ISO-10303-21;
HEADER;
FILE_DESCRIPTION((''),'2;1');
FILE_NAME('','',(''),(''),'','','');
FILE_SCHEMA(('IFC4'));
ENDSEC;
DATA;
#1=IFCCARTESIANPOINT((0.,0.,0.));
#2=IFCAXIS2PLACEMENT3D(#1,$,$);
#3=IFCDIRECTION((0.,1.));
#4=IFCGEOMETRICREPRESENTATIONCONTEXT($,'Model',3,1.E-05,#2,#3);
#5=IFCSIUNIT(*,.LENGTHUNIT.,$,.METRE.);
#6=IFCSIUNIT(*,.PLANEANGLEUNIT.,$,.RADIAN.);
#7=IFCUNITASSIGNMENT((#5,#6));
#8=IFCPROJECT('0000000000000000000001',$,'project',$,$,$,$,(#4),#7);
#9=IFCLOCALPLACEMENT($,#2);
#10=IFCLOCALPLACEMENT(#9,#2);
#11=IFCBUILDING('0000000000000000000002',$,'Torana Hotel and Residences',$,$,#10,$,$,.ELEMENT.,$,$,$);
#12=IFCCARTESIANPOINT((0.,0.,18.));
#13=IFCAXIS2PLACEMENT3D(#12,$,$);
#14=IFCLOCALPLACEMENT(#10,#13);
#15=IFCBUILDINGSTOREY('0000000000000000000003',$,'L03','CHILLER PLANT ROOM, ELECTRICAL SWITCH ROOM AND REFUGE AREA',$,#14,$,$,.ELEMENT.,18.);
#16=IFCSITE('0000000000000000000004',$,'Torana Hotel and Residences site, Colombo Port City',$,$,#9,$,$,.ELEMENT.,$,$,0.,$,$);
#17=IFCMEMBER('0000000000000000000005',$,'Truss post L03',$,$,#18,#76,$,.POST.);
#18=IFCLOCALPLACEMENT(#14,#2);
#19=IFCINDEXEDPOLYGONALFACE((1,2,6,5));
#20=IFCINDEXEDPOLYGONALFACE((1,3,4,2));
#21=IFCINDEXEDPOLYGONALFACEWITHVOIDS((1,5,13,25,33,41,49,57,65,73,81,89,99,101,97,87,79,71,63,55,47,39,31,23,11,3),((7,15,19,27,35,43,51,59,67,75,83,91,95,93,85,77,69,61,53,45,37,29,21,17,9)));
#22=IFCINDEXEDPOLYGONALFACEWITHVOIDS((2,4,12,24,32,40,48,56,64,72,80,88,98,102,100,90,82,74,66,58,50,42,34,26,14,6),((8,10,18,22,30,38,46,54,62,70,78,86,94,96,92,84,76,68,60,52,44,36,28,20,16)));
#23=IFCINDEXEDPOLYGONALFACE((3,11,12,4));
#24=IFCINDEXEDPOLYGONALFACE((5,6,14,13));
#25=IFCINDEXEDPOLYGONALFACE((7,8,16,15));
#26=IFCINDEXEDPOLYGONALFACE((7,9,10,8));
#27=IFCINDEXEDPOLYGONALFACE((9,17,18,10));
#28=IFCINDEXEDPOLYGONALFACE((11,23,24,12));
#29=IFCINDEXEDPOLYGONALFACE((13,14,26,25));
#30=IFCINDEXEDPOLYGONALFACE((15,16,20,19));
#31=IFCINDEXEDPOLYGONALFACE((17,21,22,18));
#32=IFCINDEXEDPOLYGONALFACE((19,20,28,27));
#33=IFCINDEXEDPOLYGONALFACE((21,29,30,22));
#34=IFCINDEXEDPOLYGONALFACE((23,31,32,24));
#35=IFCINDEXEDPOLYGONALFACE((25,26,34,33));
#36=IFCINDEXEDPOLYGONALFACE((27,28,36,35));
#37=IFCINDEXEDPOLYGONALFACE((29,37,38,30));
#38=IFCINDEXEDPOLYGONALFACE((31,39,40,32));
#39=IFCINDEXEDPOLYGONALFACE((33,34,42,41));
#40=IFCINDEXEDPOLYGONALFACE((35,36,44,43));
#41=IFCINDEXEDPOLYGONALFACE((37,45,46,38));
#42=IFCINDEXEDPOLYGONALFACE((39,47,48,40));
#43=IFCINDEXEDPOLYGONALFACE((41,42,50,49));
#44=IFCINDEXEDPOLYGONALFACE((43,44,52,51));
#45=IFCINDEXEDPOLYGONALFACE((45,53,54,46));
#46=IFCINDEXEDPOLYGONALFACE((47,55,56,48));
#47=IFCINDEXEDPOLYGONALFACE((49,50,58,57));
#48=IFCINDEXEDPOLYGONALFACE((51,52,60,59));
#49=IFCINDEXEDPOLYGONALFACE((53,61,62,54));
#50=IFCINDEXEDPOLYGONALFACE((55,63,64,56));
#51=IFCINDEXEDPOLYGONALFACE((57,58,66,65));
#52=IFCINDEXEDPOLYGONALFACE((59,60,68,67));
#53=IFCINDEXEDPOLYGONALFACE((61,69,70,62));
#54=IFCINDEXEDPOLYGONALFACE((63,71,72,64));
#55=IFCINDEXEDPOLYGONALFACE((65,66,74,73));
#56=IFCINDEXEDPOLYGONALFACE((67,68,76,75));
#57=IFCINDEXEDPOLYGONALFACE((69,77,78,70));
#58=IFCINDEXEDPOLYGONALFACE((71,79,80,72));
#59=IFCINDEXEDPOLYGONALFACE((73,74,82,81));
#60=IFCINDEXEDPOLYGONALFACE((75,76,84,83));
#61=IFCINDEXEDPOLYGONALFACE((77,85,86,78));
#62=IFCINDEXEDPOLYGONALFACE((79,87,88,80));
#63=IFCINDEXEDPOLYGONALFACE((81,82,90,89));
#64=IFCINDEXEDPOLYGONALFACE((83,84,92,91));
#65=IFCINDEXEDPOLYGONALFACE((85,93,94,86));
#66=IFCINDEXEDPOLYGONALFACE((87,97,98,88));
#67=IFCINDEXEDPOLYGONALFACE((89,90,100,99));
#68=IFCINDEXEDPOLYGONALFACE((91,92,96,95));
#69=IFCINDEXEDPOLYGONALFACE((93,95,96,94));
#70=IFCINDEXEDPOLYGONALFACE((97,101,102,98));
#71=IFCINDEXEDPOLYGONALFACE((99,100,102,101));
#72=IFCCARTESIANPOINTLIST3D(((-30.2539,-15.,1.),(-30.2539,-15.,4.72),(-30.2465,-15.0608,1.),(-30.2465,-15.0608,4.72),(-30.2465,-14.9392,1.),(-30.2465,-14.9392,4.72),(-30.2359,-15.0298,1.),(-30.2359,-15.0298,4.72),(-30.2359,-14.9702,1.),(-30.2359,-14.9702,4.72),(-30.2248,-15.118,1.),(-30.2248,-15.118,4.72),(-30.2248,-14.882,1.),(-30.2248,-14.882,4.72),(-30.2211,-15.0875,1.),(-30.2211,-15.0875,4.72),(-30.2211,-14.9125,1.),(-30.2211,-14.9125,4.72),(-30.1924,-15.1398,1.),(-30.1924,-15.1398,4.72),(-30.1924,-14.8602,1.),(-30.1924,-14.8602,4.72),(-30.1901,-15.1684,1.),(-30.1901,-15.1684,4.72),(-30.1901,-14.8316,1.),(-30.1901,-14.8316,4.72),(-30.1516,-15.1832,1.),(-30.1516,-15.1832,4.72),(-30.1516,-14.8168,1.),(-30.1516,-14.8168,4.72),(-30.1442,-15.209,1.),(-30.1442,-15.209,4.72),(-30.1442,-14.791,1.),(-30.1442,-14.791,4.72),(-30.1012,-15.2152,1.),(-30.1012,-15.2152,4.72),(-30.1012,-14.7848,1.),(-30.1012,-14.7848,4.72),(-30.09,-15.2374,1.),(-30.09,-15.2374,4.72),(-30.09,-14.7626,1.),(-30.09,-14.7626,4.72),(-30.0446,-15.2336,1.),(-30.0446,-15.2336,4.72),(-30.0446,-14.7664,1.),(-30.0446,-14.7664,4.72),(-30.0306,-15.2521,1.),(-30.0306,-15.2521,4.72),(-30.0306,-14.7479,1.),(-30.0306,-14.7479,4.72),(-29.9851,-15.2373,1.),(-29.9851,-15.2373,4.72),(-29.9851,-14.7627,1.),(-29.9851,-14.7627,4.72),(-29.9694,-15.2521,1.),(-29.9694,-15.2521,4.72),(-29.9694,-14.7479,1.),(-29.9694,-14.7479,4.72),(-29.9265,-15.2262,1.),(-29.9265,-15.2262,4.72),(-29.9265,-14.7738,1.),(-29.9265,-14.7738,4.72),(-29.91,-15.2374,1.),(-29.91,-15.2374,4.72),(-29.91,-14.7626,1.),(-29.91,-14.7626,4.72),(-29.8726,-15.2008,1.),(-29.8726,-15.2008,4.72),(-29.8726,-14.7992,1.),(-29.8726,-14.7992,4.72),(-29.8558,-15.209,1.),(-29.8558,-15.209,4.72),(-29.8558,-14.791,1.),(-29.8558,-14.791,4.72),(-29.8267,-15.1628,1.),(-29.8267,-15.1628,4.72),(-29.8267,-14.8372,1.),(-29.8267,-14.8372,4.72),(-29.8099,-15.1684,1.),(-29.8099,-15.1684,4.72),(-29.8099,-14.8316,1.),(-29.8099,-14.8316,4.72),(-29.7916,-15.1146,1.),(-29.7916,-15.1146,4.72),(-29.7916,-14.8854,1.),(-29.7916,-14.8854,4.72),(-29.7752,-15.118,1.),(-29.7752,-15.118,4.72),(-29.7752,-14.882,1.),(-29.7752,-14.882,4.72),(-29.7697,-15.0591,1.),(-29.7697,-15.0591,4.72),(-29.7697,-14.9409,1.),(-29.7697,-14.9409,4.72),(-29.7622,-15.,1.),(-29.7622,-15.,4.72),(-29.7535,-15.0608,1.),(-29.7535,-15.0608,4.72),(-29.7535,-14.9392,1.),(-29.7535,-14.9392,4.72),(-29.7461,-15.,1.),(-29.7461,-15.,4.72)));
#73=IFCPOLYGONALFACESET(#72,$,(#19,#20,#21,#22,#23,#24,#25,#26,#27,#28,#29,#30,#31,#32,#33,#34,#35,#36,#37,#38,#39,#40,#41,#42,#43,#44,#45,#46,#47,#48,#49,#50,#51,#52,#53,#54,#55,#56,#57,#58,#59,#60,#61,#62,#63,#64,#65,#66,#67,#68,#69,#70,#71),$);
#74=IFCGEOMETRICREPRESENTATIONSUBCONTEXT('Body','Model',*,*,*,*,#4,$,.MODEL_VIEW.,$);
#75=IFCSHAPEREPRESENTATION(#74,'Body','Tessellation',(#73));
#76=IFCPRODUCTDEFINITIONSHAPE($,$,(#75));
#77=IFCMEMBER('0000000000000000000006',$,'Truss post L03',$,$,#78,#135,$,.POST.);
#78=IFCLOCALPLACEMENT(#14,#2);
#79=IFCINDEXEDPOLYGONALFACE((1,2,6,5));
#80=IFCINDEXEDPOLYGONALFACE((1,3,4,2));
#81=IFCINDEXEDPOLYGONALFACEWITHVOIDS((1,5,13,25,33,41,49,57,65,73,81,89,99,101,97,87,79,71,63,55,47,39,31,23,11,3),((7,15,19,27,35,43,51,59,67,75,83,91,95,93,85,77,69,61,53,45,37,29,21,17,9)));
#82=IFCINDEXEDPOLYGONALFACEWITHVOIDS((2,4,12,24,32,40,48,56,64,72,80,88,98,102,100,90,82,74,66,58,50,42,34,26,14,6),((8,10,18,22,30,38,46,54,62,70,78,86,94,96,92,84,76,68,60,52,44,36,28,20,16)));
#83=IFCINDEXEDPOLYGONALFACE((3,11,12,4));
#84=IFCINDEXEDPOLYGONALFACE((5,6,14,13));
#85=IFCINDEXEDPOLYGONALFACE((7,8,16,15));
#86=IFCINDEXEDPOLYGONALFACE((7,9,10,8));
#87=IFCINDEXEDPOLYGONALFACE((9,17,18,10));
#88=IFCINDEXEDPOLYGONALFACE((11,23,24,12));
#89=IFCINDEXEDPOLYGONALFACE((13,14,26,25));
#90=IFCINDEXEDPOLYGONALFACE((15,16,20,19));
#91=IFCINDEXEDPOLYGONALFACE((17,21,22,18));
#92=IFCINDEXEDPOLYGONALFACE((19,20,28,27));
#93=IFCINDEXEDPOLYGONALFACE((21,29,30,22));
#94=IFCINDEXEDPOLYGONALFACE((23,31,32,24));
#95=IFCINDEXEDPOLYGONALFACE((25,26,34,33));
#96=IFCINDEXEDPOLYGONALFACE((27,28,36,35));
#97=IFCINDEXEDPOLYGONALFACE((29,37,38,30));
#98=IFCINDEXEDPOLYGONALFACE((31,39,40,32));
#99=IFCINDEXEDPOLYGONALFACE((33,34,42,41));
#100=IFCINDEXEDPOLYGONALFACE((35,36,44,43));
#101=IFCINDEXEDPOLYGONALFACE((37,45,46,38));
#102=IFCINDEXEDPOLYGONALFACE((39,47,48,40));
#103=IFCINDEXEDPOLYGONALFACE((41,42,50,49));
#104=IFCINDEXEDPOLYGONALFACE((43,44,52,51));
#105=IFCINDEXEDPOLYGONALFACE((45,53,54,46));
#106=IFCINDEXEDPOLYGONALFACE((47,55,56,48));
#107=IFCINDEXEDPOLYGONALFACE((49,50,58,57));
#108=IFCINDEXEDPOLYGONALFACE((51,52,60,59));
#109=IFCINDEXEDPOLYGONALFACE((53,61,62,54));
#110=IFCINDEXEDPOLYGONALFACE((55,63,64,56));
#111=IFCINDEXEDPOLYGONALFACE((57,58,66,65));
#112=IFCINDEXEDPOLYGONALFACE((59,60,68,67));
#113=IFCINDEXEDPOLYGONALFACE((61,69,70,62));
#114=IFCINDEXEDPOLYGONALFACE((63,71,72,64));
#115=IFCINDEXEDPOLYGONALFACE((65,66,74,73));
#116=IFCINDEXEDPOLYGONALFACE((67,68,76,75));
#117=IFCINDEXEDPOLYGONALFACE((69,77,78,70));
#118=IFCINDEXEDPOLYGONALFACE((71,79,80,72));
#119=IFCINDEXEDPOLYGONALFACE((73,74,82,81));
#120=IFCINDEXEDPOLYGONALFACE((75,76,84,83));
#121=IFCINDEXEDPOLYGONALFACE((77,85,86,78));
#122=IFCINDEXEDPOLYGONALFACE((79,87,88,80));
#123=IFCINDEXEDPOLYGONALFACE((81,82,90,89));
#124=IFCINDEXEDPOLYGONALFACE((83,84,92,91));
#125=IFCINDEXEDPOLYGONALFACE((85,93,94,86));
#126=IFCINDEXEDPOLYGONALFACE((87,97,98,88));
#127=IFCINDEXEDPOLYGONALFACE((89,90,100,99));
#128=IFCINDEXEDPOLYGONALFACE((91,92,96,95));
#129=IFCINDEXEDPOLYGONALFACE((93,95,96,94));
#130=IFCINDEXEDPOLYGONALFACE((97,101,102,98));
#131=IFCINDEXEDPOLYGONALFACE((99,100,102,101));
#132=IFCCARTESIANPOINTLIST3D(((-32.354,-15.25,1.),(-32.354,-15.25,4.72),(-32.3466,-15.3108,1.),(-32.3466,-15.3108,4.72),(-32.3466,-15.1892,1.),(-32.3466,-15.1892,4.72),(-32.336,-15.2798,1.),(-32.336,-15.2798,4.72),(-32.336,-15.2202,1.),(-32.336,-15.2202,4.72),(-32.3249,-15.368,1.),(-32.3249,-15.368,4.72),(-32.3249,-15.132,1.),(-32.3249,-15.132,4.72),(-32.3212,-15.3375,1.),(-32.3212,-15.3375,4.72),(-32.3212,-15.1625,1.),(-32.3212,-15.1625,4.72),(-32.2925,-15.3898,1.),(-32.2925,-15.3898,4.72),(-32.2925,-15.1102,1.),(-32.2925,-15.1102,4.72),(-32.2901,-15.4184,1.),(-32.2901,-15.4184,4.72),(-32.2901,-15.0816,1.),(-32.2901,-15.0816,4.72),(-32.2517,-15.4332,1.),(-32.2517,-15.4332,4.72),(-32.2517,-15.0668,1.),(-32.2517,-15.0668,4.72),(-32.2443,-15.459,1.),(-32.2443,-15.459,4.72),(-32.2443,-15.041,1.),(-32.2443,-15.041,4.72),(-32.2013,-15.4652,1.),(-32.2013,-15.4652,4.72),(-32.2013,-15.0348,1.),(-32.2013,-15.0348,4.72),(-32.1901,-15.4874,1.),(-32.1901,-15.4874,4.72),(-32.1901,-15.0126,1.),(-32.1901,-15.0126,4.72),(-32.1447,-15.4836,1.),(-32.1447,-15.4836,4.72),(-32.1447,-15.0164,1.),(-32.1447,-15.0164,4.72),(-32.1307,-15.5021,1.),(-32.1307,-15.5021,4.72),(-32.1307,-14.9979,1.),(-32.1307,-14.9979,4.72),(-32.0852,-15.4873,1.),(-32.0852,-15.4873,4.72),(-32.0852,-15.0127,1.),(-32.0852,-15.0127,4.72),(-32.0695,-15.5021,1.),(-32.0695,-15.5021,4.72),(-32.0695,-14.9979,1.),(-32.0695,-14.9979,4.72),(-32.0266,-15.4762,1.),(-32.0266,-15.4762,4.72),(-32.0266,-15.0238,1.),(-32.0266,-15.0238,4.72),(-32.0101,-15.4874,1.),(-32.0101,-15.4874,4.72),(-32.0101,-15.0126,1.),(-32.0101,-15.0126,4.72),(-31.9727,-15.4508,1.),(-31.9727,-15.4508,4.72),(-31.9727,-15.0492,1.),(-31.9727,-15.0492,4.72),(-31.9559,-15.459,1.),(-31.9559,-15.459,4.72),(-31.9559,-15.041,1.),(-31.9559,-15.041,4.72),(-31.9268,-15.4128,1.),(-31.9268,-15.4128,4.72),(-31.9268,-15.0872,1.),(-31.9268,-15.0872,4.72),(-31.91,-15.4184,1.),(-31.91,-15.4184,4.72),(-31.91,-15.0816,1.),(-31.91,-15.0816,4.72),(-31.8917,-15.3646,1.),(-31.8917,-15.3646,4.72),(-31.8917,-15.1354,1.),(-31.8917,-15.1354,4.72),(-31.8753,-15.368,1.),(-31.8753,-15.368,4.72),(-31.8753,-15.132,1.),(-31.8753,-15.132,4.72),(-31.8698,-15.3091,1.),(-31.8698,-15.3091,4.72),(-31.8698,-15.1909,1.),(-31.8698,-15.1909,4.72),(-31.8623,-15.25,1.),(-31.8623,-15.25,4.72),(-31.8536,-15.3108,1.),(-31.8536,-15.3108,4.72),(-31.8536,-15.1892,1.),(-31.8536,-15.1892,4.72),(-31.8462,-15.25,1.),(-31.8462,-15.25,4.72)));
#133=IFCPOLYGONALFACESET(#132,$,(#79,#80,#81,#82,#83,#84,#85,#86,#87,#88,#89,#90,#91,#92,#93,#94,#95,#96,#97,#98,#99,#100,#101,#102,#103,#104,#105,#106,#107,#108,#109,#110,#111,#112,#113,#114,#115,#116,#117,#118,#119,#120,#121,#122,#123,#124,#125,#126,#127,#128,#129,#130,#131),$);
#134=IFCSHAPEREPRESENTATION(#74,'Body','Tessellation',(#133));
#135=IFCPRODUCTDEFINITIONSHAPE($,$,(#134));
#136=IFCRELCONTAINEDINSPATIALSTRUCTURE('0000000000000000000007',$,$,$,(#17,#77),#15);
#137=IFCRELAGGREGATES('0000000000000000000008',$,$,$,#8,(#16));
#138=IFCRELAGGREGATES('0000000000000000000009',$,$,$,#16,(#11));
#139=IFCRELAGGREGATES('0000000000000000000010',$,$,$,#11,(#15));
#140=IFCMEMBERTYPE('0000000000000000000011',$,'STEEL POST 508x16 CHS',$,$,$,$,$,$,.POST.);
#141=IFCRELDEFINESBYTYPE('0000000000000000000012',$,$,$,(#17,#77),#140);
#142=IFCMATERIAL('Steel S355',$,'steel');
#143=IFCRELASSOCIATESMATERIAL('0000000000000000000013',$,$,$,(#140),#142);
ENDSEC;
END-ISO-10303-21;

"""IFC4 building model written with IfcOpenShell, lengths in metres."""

from ifc_helpers import new_model, si_unit, direction, frame, origin, origin_2d, place, context, subcontext, project, spatial, hollow_circle, extrude, material, material_profile, profile_set, type_object, element, save


model = new_model("IFC4")

# Units and contexts
model_context = context("Model", 3, precision=1e-05, world=origin(), true_north=direction((0.0, 1.0)))
body_context = subcontext(model_context, "Body", "Model", "MODEL_VIEW")
ifc_project = project(units=[si_unit("LENGTHUNIT", "METRE"), si_unit("PLANEANGLEUNIT", "RADIAN")], contexts=[model_context])

# Site, building, storey
site_placement = place(None, origin())
site = spatial("IfcSite", under=ifc_project, at=site_placement, Name="Torana Hotel and Residences site, Colombo Port City", CompositionType="ELEMENT", RefElevation=0.0)
building_placement = place(site_placement, origin())
building = spatial("IfcBuilding", under=site, at=building_placement, Name="Torana Hotel and Residences", CompositionType="ELEMENT")
storey_placement = place(building_placement, frame((0.0, 0.0, 18.0)))
storey = spatial("IfcBuildingStorey", under=building, at=storey_placement, Name="L03", Description="CHILLER PLANT ROOM, ELECTRICAL SWITCH ROOM AND REFUGE AREA", CompositionType="ELEMENT", Elevation=18.0)

# Members
ifc_material_1 = material(Name="Steel S355", Category="steel")
ifc_material_profile_1 = material_profile(ifc_material_1, hollow_circle(Radius=0.2539, WallThickness=0.0161, at=origin_2d()), Name="508x16 CHS")
ifc_profile_set_1 = profile_set([ifc_material_profile_1], Name="Steel S355")
member_type_1 = type_object("IfcMemberType", Name="STEEL POST 508x16 CHS", PredefinedType="POST", material=ifc_profile_set_1)
for number, where, z_axis, x_axis, name in (
    (1, (-30.0, -15.0, 1.0), (0.0, 0.0, 1.0), (1.0, 0.0, 0.0), "Truss post L03"),
    (2, (-32.1001, -15.25, 1.0), (0.0, 0.0, 1.0), (1.0, 0.0, 0.0), "Truss post L03"),
):
    element("IfcMember", number, at=place(storey_placement, frame(where, z_axis=z_axis, x_axis=x_axis)), inside=storey, type_object=member_type_1, Name=name, PredefinedType="POST", context=body_context, shape_type="SweptSolid", body=[
        extrude(hollow_circle(Radius=0.2539, WallThickness=0.0161, at=origin_2d()), origin(), (0.0, 0.0, 1.0), 3.72),
    ])

save(model, "model.ifc")
